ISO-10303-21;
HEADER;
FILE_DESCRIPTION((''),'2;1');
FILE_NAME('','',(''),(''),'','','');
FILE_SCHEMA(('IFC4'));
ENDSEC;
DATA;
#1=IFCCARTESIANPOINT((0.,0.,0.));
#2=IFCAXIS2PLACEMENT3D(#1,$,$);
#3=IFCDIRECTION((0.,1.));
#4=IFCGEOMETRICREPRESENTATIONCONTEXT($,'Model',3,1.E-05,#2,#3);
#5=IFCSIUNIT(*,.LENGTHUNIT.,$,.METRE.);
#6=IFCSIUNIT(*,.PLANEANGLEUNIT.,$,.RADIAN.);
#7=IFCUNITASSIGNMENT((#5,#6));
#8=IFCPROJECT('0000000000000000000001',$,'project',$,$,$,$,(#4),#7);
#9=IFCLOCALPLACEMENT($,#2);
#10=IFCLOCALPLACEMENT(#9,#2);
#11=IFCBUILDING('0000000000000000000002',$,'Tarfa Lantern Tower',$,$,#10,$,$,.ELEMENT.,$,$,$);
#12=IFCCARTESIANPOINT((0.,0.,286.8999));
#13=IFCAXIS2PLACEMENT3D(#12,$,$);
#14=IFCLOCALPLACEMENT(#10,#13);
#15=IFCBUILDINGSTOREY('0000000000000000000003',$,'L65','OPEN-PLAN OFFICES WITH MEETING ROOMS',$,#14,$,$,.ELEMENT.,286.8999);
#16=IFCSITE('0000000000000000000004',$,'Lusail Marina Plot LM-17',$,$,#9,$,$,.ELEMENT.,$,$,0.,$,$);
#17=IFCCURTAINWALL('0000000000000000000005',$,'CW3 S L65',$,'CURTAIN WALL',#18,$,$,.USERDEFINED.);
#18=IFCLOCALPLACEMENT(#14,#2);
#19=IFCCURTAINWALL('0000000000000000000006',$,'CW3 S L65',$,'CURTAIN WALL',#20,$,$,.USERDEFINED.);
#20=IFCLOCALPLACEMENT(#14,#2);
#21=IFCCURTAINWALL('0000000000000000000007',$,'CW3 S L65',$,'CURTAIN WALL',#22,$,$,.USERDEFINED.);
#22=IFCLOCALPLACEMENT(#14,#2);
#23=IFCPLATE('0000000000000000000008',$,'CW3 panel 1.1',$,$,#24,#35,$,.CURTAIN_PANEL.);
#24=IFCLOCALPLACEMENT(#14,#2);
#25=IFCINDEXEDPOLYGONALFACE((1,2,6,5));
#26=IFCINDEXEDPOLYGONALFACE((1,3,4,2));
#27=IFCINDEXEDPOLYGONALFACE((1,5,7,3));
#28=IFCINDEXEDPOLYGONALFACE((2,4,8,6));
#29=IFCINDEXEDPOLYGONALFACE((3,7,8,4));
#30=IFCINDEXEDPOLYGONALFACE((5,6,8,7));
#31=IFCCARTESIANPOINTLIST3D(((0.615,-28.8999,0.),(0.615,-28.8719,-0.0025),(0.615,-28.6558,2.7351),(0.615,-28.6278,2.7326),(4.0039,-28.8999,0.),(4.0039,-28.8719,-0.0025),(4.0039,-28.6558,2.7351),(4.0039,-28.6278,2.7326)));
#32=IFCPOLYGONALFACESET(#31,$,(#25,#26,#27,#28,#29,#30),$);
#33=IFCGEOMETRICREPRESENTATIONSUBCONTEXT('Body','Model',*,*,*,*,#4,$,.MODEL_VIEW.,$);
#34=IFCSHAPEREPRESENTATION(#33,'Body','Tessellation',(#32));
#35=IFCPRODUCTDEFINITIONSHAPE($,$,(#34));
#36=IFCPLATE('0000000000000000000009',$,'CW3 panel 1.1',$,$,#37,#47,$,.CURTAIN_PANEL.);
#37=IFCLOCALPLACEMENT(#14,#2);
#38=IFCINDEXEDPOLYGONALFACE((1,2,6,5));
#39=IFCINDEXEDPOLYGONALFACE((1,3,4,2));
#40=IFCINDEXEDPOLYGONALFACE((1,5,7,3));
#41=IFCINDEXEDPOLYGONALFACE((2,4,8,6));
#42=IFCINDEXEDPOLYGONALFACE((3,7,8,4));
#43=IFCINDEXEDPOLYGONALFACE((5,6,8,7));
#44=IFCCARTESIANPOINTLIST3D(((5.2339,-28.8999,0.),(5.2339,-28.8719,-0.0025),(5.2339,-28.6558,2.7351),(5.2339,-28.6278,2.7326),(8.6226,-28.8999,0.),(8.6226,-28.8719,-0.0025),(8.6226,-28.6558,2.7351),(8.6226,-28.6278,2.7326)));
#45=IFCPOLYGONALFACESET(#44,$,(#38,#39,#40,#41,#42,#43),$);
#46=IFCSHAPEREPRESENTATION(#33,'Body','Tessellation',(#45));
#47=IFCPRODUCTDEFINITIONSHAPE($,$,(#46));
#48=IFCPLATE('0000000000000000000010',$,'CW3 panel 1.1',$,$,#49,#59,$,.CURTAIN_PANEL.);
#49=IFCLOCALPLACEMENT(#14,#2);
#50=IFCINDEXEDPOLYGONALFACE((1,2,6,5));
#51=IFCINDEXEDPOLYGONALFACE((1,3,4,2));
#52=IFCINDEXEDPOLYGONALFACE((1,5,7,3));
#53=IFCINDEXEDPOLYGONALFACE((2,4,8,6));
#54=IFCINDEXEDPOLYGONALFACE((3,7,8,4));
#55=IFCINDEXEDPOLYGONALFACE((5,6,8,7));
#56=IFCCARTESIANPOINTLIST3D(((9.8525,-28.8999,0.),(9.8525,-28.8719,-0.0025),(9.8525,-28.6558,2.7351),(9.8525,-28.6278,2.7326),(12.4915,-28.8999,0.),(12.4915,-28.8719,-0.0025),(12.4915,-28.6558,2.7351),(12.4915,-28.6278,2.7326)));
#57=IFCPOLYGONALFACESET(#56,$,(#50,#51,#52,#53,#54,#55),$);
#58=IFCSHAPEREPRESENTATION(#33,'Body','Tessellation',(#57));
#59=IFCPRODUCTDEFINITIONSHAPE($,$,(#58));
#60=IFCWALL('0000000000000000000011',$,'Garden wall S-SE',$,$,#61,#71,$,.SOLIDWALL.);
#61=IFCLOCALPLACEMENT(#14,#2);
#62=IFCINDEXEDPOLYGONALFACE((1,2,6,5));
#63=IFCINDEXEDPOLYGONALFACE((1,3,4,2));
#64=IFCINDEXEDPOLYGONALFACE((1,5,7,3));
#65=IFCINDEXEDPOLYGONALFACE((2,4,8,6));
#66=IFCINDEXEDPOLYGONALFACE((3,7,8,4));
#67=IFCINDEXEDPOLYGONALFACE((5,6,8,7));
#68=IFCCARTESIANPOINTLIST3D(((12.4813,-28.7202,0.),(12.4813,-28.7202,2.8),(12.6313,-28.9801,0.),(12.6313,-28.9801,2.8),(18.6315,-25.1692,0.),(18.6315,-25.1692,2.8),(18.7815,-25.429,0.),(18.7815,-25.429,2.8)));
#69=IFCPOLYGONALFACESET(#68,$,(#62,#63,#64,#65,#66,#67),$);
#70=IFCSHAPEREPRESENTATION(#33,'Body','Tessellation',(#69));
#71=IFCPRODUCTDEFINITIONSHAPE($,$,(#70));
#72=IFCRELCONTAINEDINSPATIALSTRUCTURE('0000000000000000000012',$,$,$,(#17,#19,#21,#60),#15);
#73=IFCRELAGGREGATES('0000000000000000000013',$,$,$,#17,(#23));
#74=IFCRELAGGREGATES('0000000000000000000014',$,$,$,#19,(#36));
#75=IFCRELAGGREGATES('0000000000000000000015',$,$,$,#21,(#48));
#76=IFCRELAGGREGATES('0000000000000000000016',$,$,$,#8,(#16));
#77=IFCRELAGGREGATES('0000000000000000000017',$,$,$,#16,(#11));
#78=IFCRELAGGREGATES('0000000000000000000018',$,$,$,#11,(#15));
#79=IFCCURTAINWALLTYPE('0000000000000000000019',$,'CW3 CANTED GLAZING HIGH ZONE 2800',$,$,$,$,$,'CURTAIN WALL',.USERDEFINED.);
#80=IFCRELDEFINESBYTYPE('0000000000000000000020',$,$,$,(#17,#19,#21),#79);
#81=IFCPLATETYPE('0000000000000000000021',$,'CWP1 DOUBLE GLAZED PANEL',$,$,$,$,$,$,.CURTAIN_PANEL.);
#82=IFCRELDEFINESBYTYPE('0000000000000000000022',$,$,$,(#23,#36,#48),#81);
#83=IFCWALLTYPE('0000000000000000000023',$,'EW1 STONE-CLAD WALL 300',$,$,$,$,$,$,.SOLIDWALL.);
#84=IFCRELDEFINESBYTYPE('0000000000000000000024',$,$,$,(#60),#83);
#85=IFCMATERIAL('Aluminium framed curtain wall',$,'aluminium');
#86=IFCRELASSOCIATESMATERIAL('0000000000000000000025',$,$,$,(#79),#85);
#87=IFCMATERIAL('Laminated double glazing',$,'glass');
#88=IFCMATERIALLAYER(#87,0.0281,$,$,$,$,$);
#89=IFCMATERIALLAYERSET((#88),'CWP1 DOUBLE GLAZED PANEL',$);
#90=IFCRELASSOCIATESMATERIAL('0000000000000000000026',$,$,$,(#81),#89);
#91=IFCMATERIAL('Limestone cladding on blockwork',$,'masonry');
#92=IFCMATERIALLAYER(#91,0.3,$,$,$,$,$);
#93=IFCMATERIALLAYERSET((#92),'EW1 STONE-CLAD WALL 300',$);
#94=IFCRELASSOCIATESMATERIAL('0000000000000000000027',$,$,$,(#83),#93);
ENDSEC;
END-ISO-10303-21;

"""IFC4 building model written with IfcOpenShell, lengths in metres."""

from ifc_helpers import new_model, si_unit, direction, frame, frame_2d, origin, place, context, subcontext, project, spatial, polyline, rectangle, outline, extrude, material, layer, layer_set, type_object, element, aggregate, save


model = new_model("IFC4")

# Units and contexts
model_context = context("Model", 3, precision=1e-05, world=origin(), true_north=direction((0.0, 1.0)))
body_context = subcontext(model_context, "Body", "Model", "MODEL_VIEW")
ifc_project = project(units=[si_unit("LENGTHUNIT", "METRE"), si_unit("PLANEANGLEUNIT", "RADIAN")], contexts=[model_context])

# Site, building, storey
site_placement = place(None, origin())
site = spatial("IfcSite", under=ifc_project, at=site_placement, Name="Lusail Marina Plot LM-17", CompositionType="ELEMENT", RefElevation=0.0)
building_placement = place(site_placement, origin())
building = spatial("IfcBuilding", under=site, at=building_placement, Name="Tarfa Lantern Tower", CompositionType="ELEMENT")
storey_placement = place(building_placement, frame((0.0, 0.0, 286.8999)))
storey = spatial("IfcBuildingStorey", under=building, at=storey_placement, Name="L65", Description="OPEN-PLAN OFFICES WITH MEETING ROOMS", CompositionType="ELEMENT", Elevation=286.8999)

# Curtain walls
ifc_material_1 = material(Name="Aluminium framed curtain wall", Category="aluminium")
curtain_wall_type = type_object("IfcCurtainWallType", Name="CW3 CANTED GLAZING HIGH ZONE 2800", ElementType="CURTAIN WALL", PredefinedType="USERDEFINED", material=ifc_material_1)
curtain_wall_1_placement = place(storey_placement, origin())
curtain_wall_1 = element("IfcCurtainWall", 1, at=curtain_wall_1_placement, inside=storey, type_object=curtain_wall_type, Name="CW3 S L65", ObjectType="CURTAIN WALL", PredefinedType="USERDEFINED")
curtain_wall_2_placement = place(storey_placement, origin())
curtain_wall_2 = element("IfcCurtainWall", 2, at=curtain_wall_2_placement, inside=storey, type_object=curtain_wall_type, Name="CW3 S L65", ObjectType="CURTAIN WALL", PredefinedType="USERDEFINED")
curtain_wall_3_placement = place(storey_placement, origin())
curtain_wall_3 = element("IfcCurtainWall", 3, at=curtain_wall_3_placement, inside=storey, type_object=curtain_wall_type, Name="CW3 S L65", ObjectType="CURTAIN WALL", PredefinedType="USERDEFINED")

# Plates
ifc_material_2 = material(Name="Laminated double glazing", Category="glass")
ifc_layer_1 = layer(ifc_material_2, 0.0281)
ifc_layer_set_1 = layer_set([ifc_layer_1], Name="CWP1 DOUBLE GLAZED PANEL")
plate_type = type_object("IfcPlateType", Name="CWP1 DOUBLE GLAZED PANEL", PredefinedType="CURTAIN_PANEL", material=ifc_layer_set_1)
plate_1_placement = place(storey_placement, frame((0.615, -28.8999, 0.0), z_axis=(0.0, -0.99604, 0.088908), x_axis=(1.0, 0.0, 0.0)))
plate_1 = element("IfcPlate", 4, at=plate_1_placement, type_object=plate_type, Name="CW3 panel 1.1", PredefinedType="CURTAIN_PANEL", context=body_context, shape_type="SweptSolid", body=[
    extrude(outline(polyline([(0.0, 0.0), (3.3889, 0.0), (3.3889, 2.746), (0.0, 2.746), (0.0, 0.0)])), origin(), (0.0, 0.0, -1.0), 0.0281),
])
aggregate(curtain_wall_1, [plate_1])
plate_2_placement = place(storey_placement, frame((5.2339, -28.8999, 0.0), z_axis=(0.0, -0.99604, 0.088908), x_axis=(1.0, 0.0, 0.0)))
plate_2 = element("IfcPlate", 5, at=plate_2_placement, type_object=plate_type, Name="CW3 panel 1.1", PredefinedType="CURTAIN_PANEL", context=body_context, shape_type="SweptSolid", body=[
    extrude(outline(polyline([(0.0, 0.0), (3.3887, 0.0), (3.3887, 2.746), (0.0, 2.746), (0.0, 0.0)])), origin(), (0.0, 0.0, -1.0), 0.0281),
])
aggregate(curtain_wall_2, [plate_2])
plate_3_placement = place(storey_placement, frame((9.8525, -28.8999, 0.0), z_axis=(0.0, -0.99604, 0.088908), x_axis=(1.0, 0.0, 0.0)))
plate_3 = element("IfcPlate", 6, at=plate_3_placement, type_object=plate_type, Name="CW3 panel 1.1", PredefinedType="CURTAIN_PANEL", context=body_context, shape_type="SweptSolid", body=[
    extrude(outline(polyline([(0.0, 0.0), (2.6389, 0.0), (2.6389, 2.746), (0.0, 2.746), (0.0, 0.0)])), origin(), (0.0, 0.0, -1.0), 0.0281),
])
aggregate(curtain_wall_3, [plate_3])

# Wall
ifc_material_3 = material(Name="Limestone cladding on blockwork", Category="masonry")
ifc_layer_2 = layer(ifc_material_3, 0.3)
ifc_layer_set_2 = layer_set([ifc_layer_2], Name="EW1 STONE-CLAD WALL 300")
wall_type = type_object("IfcWallType", Name="EW1 STONE-CLAD WALL 300", PredefinedType="SOLIDWALL", material=ifc_layer_set_2)
wall_placement = place(storey_placement, frame((12.5564, -28.8501, 0.0), z_axis=(0.0, 0.0, 1.0), x_axis=(0.866011, 0.500025, 0.0)))
element("IfcWall", 7, at=wall_placement, inside=storey, type_object=wall_type, Name="Garden wall S-SE", PredefinedType="SOLIDWALL", context=body_context, shape_type="SweptSolid", body=[
    extrude(rectangle(XDim=7.1018, YDim=0.3, at=frame_2d((3.5508, 0.0))), origin(), (0.0, 0.0, 1.0), 2.8),
])

save(model, "model.ifc")
